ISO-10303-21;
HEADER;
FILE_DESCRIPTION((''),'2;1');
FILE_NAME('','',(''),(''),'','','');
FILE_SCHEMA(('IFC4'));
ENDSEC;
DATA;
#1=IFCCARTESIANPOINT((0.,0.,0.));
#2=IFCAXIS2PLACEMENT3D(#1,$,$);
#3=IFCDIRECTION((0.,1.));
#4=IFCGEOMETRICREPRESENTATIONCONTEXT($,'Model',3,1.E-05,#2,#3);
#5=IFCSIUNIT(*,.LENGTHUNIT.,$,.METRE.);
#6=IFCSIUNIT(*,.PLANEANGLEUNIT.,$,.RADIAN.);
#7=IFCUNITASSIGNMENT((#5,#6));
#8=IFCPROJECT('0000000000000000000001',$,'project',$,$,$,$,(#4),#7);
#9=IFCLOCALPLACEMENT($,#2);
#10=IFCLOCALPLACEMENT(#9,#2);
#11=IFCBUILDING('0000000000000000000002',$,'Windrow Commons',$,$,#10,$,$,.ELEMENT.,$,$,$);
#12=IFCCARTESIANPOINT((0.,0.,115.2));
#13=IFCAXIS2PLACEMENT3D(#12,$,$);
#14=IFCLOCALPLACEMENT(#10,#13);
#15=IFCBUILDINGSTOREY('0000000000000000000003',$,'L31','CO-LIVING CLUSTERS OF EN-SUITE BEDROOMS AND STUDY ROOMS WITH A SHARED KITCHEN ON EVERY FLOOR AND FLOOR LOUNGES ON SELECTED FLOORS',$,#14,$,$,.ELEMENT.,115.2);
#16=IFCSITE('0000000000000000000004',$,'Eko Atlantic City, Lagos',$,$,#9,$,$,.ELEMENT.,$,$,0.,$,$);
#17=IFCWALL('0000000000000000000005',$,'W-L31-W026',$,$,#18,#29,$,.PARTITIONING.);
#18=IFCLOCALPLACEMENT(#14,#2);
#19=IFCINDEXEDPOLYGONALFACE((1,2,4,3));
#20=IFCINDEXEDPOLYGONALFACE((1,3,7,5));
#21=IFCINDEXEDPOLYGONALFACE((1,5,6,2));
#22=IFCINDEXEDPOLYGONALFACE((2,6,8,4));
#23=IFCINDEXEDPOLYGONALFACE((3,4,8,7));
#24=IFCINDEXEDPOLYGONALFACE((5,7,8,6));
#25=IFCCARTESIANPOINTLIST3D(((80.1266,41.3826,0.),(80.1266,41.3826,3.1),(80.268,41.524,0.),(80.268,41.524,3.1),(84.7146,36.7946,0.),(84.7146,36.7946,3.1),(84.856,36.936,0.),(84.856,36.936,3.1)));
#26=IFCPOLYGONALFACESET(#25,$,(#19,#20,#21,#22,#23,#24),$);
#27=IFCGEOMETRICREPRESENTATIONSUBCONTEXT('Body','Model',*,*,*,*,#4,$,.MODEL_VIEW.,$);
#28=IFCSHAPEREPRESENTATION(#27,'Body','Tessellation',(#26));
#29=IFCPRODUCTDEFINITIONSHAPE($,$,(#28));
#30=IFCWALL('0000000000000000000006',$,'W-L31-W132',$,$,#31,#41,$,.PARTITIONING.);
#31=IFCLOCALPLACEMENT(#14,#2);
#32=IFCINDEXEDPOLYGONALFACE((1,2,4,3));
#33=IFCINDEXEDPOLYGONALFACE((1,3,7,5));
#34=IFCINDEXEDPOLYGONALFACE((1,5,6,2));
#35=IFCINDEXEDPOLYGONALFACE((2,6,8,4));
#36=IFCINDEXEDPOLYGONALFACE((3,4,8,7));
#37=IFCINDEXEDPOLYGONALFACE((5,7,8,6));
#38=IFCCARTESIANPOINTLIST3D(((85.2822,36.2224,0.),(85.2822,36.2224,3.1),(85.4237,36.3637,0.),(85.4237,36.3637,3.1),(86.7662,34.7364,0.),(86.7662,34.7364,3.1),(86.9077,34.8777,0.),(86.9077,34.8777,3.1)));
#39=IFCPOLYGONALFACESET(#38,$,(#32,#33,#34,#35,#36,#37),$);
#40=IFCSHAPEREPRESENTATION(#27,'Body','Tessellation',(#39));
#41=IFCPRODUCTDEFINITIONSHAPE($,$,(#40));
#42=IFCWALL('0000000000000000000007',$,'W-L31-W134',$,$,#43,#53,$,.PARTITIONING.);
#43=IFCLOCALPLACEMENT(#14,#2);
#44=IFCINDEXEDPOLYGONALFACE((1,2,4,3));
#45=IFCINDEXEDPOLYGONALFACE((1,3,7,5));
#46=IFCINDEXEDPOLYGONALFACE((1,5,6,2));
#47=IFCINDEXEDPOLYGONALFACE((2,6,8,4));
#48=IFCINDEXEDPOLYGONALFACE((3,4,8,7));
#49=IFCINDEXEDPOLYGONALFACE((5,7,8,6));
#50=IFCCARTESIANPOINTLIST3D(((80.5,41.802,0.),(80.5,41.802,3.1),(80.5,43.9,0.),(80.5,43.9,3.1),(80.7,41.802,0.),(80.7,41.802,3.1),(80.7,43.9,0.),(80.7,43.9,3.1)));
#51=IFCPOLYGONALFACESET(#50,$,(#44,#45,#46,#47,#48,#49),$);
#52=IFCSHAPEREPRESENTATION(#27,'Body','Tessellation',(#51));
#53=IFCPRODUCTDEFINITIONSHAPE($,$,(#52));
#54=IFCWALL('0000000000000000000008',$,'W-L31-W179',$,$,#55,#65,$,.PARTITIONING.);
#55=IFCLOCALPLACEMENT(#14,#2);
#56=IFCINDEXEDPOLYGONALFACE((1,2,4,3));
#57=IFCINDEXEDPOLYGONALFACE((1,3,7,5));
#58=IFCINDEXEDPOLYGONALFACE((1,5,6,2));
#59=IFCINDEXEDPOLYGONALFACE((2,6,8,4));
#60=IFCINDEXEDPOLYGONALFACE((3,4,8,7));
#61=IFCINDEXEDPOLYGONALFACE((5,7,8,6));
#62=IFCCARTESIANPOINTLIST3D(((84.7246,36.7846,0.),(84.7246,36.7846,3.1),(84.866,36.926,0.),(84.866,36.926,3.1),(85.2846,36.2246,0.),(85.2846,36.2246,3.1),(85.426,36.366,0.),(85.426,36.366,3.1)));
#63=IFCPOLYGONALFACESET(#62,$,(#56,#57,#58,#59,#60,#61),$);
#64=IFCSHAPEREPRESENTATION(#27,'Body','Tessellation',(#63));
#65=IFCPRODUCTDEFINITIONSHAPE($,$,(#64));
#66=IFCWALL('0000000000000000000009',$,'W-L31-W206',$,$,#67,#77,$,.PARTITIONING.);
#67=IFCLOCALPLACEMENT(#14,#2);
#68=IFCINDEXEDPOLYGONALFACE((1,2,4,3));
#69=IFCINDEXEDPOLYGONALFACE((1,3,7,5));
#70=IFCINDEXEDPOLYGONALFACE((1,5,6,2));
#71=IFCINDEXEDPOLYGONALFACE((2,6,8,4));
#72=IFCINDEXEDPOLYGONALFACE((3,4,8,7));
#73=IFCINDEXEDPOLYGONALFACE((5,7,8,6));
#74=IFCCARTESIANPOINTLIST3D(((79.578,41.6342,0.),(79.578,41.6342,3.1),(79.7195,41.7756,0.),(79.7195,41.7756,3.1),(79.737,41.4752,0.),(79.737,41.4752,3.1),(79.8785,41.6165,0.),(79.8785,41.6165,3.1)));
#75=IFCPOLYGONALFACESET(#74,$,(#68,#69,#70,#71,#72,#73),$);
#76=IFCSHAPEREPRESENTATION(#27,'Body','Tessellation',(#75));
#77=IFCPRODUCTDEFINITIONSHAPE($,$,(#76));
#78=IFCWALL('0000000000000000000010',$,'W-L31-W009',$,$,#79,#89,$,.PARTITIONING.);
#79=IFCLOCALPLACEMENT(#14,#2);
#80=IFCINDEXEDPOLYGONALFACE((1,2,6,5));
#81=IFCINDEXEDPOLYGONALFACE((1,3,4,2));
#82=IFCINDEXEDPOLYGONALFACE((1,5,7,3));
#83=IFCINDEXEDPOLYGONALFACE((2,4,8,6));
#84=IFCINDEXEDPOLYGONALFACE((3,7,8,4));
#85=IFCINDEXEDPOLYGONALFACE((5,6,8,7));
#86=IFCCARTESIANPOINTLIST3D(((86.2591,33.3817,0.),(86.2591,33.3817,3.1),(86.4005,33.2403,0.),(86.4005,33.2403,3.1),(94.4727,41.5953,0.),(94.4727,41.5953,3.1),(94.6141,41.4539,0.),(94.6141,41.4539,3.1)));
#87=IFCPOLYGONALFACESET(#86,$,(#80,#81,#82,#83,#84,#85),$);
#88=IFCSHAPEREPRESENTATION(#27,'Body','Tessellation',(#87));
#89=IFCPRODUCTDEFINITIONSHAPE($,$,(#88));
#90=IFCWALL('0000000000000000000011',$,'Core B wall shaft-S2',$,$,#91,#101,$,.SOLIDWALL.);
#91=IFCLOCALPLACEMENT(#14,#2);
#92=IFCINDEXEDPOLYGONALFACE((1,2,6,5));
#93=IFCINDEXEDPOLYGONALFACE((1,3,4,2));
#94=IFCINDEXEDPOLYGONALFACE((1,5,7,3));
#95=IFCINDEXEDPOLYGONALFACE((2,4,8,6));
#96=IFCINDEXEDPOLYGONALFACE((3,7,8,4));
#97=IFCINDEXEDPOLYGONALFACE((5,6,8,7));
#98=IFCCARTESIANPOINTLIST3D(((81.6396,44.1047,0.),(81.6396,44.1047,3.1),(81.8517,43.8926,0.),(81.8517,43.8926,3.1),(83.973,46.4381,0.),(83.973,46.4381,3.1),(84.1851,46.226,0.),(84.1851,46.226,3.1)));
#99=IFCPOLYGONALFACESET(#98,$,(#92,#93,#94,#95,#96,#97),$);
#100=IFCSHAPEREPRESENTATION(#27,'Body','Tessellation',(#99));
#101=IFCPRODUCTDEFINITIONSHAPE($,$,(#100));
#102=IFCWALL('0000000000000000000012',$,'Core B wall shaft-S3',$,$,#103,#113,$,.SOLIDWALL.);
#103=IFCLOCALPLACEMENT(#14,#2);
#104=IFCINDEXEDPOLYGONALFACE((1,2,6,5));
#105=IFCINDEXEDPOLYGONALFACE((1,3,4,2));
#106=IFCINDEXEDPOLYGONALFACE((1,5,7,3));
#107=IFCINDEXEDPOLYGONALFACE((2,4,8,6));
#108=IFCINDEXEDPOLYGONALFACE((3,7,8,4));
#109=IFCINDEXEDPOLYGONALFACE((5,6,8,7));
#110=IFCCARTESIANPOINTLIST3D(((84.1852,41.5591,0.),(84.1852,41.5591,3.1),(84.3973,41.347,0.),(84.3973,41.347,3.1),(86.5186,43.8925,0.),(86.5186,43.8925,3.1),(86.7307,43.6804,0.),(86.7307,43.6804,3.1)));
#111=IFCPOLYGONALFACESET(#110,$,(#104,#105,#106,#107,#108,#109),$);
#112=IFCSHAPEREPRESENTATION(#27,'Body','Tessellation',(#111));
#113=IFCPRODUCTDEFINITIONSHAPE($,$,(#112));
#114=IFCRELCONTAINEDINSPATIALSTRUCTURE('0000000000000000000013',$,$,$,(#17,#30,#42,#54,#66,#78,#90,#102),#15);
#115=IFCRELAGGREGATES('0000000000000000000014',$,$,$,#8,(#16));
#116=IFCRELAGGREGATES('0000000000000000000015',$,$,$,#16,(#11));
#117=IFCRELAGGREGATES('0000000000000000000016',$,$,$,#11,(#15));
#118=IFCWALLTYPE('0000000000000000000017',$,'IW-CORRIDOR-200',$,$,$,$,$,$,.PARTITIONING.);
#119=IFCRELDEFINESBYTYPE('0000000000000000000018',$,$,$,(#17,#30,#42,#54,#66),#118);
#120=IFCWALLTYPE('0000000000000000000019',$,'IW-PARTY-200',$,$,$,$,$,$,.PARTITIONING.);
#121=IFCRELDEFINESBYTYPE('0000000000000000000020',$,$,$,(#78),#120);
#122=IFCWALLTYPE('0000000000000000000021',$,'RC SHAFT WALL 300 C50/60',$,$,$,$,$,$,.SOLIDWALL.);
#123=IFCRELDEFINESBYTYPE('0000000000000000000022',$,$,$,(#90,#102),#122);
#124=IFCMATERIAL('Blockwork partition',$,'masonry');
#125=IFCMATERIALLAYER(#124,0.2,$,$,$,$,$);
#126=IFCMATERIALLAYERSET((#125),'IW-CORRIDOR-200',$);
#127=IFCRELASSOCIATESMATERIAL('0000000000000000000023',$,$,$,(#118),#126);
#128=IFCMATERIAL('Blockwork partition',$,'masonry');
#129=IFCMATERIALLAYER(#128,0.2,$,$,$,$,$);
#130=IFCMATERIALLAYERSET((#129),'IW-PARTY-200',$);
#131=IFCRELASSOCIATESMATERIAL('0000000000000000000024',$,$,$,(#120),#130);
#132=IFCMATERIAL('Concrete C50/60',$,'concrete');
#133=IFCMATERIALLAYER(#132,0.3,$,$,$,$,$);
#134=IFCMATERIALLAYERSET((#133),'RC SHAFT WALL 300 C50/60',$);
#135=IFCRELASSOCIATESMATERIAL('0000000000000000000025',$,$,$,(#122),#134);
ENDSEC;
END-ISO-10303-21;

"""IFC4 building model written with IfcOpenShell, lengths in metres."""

from ifc_helpers import new_model, si_unit, direction, frame, frame_2d, origin, place, context, subcontext, project, spatial, rectangle, extrude, material, layer, layer_set, type_object, element, save


model = new_model("IFC4")

# Units and contexts
model_context = context("Model", 3, precision=1e-05, world=origin(), true_north=direction((0.0, 1.0)))
body_context = subcontext(model_context, "Body", "Model", "MODEL_VIEW")
ifc_project = project(units=[si_unit("LENGTHUNIT", "METRE"), si_unit("PLANEANGLEUNIT", "RADIAN")], contexts=[model_context])

# Site, building, storey
site_placement = place(None, origin())
site = spatial("IfcSite", under=ifc_project, at=site_placement, Name="Eko Atlantic City, Lagos", CompositionType="ELEMENT", RefElevation=0.0)
building_placement = place(site_placement, origin())
building = spatial("IfcBuilding", under=site, at=building_placement, Name="Windrow Commons", CompositionType="ELEMENT")
storey_placement = place(building_placement, frame((0.0, 0.0, 115.2)))
storey = spatial("IfcBuildingStorey", under=building, at=storey_placement, Name="L31", Description="CO-LIVING CLUSTERS OF EN-SUITE BEDROOMS AND STUDY ROOMS WITH A SHARED KITCHEN ON EVERY FLOOR AND FLOOR LOUNGES ON SELECTED FLOORS", CompositionType="ELEMENT", Elevation=115.2)

# Shared definitions
ifc_material_1 = material(Name="Blockwork partition", Category="masonry")
ifc_layer_1 = layer(ifc_material_1, 0.2)
ifc_layer_set_1 = layer_set([ifc_layer_1], Name="IW-CORRIDOR-200")
wall_type_1 = type_object("IfcWallType", Name="IW-CORRIDOR-200", PredefinedType="PARTITIONING", material=ifc_layer_set_1)

# Walls
wall_1_placement = place(storey_placement, frame((80.1973, 41.4533, 0.0), z_axis=(0.0, 0.0, 1.0), x_axis=(0.707107, -0.707107, 0.0)))
element("IfcWall", 1, at=wall_1_placement, inside=storey, type_object=wall_type_1, Name="W-L31-W026", PredefinedType="PARTITIONING", context=body_context, shape_type="SweptSolid", body=[
    extrude(rectangle(XDim=6.4884, YDim=0.2, at=frame_2d((3.2442, 0.0))), origin(), (0.0, 0.0, 1.0), 3.1),
])
wall_2_placement = place(storey_placement, frame((85.353, 36.293, 0.0), z_axis=(0.0, 0.0, 1.0), x_axis=(0.70663, -0.707583, 0.0)))
element("IfcWall", 2, at=wall_2_placement, inside=storey, type_object=wall_type_1, Name="W-L31-W132", PredefinedType="PARTITIONING", context=body_context, shape_type="SweptSolid", body=[
    extrude(rectangle(XDim=2.1001, YDim=0.2, at=frame_2d((1.05, 0.0))), origin(), (0.0, 0.0, 1.0), 3.1),
])
wall_3_placement = place(storey_placement, frame((80.6, 41.802, 0.0), z_axis=(0.0, 0.0, 1.0), x_axis=(0.0, 1.0, 0.0)))
element("IfcWall", 3, at=wall_3_placement, inside=storey, type_object=wall_type_1, Name="W-L31-W134", PredefinedType="PARTITIONING", context=body_context, shape_type="SweptSolid", body=[
    extrude(rectangle(XDim=2.098, YDim=0.2, at=frame_2d((1.049, 0.0))), origin(), (0.0, 0.0, 1.0), 3.1),
])
wall_4_placement = place(storey_placement, frame((84.7953, 36.8553, 0.0), z_axis=(0.0, 0.0, 1.0), x_axis=(0.707107, -0.707107, 0.0)))
element("IfcWall", 4, at=wall_4_placement, inside=storey, type_object=wall_type_1, Name="W-L31-W179", PredefinedType="PARTITIONING", context=body_context, shape_type="SweptSolid", body=[
    extrude(rectangle(XDim=0.792, YDim=0.2, at=frame_2d((0.396, 0.0))), origin(), (0.0, 0.0, 1.0), 3.1),
])
wall_5_placement = place(storey_placement, frame((79.6488, 41.7049, 0.0), z_axis=(0.0, 0.0, 1.0), x_axis=(0.706884, -0.707329, 0.0)))
element("IfcWall", 5, at=wall_5_placement, inside=storey, type_object=wall_type_1, Name="W-L31-W206", PredefinedType="PARTITIONING", context=body_context, shape_type="SweptSolid", body=[
    extrude(rectangle(XDim=0.2249, YDim=0.2, at=frame_2d((0.1124, 0.0))), origin(), (0.0, 0.0, 1.0), 3.1),
])
ifc_material_2 = material(Name="Blockwork partition", Category="masonry")
ifc_layer_2 = layer(ifc_material_2, 0.2)
ifc_layer_set_2 = layer_set([ifc_layer_2], Name="IW-PARTY-200")
wall_type_2 = type_object("IfcWallType", Name="IW-PARTY-200", PredefinedType="PARTITIONING", material=ifc_layer_set_2)
wall_6_placement = place(storey_placement, frame((86.3298, 33.311, 0.0), z_axis=(0.0, 0.0, 1.0), x_axis=(0.707107, 0.707107, 0.0)))
element("IfcWall", 6, at=wall_6_placement, inside=storey, type_object=wall_type_2, Name="W-L31-W009", PredefinedType="PARTITIONING", context=body_context, shape_type="SweptSolid", body=[
    extrude(rectangle(XDim=11.6158, YDim=0.2, at=frame_2d((5.8079, 0.0))), origin(), (0.0, 0.0, 1.0), 3.1),
])
ifc_material_3 = material(Name="Concrete C50/60", Category="concrete")
ifc_layer_3 = layer(ifc_material_3, 0.3)
ifc_layer_set_3 = layer_set([ifc_layer_3], Name="RC SHAFT WALL 300 C50/60")
wall_type_3 = type_object("IfcWallType", Name="RC SHAFT WALL 300 C50/60", PredefinedType="SOLIDWALL", material=ifc_layer_set_3)
for number, where, z_axis, x_axis, name in (
    (7, (81.7456, 43.9986, 0.0), (0.0, 0.0, 1.0), (0.707107, 0.707107, 0.0), "Core B wall shaft-S2"),
    (8, (84.2912, 41.453, 0.0), (0.0, 0.0, 1.0), (0.707107, 0.707107, 0.0), "Core B wall shaft-S3"),
):
    element("IfcWall", number, at=place(storey_placement, frame(where, z_axis=z_axis, x_axis=x_axis)), inside=storey, type_object=wall_type_3, Name=name, PredefinedType="SOLIDWALL", context=body_context, shape_type="SweptSolid", body=[
        extrude(rectangle(XDim=3.2999, YDim=0.3, at=frame_2d((1.65, 0.0))), origin(), (0.0, 0.0, 1.0), 3.1),
    ])

save(model, "model.ifc")
